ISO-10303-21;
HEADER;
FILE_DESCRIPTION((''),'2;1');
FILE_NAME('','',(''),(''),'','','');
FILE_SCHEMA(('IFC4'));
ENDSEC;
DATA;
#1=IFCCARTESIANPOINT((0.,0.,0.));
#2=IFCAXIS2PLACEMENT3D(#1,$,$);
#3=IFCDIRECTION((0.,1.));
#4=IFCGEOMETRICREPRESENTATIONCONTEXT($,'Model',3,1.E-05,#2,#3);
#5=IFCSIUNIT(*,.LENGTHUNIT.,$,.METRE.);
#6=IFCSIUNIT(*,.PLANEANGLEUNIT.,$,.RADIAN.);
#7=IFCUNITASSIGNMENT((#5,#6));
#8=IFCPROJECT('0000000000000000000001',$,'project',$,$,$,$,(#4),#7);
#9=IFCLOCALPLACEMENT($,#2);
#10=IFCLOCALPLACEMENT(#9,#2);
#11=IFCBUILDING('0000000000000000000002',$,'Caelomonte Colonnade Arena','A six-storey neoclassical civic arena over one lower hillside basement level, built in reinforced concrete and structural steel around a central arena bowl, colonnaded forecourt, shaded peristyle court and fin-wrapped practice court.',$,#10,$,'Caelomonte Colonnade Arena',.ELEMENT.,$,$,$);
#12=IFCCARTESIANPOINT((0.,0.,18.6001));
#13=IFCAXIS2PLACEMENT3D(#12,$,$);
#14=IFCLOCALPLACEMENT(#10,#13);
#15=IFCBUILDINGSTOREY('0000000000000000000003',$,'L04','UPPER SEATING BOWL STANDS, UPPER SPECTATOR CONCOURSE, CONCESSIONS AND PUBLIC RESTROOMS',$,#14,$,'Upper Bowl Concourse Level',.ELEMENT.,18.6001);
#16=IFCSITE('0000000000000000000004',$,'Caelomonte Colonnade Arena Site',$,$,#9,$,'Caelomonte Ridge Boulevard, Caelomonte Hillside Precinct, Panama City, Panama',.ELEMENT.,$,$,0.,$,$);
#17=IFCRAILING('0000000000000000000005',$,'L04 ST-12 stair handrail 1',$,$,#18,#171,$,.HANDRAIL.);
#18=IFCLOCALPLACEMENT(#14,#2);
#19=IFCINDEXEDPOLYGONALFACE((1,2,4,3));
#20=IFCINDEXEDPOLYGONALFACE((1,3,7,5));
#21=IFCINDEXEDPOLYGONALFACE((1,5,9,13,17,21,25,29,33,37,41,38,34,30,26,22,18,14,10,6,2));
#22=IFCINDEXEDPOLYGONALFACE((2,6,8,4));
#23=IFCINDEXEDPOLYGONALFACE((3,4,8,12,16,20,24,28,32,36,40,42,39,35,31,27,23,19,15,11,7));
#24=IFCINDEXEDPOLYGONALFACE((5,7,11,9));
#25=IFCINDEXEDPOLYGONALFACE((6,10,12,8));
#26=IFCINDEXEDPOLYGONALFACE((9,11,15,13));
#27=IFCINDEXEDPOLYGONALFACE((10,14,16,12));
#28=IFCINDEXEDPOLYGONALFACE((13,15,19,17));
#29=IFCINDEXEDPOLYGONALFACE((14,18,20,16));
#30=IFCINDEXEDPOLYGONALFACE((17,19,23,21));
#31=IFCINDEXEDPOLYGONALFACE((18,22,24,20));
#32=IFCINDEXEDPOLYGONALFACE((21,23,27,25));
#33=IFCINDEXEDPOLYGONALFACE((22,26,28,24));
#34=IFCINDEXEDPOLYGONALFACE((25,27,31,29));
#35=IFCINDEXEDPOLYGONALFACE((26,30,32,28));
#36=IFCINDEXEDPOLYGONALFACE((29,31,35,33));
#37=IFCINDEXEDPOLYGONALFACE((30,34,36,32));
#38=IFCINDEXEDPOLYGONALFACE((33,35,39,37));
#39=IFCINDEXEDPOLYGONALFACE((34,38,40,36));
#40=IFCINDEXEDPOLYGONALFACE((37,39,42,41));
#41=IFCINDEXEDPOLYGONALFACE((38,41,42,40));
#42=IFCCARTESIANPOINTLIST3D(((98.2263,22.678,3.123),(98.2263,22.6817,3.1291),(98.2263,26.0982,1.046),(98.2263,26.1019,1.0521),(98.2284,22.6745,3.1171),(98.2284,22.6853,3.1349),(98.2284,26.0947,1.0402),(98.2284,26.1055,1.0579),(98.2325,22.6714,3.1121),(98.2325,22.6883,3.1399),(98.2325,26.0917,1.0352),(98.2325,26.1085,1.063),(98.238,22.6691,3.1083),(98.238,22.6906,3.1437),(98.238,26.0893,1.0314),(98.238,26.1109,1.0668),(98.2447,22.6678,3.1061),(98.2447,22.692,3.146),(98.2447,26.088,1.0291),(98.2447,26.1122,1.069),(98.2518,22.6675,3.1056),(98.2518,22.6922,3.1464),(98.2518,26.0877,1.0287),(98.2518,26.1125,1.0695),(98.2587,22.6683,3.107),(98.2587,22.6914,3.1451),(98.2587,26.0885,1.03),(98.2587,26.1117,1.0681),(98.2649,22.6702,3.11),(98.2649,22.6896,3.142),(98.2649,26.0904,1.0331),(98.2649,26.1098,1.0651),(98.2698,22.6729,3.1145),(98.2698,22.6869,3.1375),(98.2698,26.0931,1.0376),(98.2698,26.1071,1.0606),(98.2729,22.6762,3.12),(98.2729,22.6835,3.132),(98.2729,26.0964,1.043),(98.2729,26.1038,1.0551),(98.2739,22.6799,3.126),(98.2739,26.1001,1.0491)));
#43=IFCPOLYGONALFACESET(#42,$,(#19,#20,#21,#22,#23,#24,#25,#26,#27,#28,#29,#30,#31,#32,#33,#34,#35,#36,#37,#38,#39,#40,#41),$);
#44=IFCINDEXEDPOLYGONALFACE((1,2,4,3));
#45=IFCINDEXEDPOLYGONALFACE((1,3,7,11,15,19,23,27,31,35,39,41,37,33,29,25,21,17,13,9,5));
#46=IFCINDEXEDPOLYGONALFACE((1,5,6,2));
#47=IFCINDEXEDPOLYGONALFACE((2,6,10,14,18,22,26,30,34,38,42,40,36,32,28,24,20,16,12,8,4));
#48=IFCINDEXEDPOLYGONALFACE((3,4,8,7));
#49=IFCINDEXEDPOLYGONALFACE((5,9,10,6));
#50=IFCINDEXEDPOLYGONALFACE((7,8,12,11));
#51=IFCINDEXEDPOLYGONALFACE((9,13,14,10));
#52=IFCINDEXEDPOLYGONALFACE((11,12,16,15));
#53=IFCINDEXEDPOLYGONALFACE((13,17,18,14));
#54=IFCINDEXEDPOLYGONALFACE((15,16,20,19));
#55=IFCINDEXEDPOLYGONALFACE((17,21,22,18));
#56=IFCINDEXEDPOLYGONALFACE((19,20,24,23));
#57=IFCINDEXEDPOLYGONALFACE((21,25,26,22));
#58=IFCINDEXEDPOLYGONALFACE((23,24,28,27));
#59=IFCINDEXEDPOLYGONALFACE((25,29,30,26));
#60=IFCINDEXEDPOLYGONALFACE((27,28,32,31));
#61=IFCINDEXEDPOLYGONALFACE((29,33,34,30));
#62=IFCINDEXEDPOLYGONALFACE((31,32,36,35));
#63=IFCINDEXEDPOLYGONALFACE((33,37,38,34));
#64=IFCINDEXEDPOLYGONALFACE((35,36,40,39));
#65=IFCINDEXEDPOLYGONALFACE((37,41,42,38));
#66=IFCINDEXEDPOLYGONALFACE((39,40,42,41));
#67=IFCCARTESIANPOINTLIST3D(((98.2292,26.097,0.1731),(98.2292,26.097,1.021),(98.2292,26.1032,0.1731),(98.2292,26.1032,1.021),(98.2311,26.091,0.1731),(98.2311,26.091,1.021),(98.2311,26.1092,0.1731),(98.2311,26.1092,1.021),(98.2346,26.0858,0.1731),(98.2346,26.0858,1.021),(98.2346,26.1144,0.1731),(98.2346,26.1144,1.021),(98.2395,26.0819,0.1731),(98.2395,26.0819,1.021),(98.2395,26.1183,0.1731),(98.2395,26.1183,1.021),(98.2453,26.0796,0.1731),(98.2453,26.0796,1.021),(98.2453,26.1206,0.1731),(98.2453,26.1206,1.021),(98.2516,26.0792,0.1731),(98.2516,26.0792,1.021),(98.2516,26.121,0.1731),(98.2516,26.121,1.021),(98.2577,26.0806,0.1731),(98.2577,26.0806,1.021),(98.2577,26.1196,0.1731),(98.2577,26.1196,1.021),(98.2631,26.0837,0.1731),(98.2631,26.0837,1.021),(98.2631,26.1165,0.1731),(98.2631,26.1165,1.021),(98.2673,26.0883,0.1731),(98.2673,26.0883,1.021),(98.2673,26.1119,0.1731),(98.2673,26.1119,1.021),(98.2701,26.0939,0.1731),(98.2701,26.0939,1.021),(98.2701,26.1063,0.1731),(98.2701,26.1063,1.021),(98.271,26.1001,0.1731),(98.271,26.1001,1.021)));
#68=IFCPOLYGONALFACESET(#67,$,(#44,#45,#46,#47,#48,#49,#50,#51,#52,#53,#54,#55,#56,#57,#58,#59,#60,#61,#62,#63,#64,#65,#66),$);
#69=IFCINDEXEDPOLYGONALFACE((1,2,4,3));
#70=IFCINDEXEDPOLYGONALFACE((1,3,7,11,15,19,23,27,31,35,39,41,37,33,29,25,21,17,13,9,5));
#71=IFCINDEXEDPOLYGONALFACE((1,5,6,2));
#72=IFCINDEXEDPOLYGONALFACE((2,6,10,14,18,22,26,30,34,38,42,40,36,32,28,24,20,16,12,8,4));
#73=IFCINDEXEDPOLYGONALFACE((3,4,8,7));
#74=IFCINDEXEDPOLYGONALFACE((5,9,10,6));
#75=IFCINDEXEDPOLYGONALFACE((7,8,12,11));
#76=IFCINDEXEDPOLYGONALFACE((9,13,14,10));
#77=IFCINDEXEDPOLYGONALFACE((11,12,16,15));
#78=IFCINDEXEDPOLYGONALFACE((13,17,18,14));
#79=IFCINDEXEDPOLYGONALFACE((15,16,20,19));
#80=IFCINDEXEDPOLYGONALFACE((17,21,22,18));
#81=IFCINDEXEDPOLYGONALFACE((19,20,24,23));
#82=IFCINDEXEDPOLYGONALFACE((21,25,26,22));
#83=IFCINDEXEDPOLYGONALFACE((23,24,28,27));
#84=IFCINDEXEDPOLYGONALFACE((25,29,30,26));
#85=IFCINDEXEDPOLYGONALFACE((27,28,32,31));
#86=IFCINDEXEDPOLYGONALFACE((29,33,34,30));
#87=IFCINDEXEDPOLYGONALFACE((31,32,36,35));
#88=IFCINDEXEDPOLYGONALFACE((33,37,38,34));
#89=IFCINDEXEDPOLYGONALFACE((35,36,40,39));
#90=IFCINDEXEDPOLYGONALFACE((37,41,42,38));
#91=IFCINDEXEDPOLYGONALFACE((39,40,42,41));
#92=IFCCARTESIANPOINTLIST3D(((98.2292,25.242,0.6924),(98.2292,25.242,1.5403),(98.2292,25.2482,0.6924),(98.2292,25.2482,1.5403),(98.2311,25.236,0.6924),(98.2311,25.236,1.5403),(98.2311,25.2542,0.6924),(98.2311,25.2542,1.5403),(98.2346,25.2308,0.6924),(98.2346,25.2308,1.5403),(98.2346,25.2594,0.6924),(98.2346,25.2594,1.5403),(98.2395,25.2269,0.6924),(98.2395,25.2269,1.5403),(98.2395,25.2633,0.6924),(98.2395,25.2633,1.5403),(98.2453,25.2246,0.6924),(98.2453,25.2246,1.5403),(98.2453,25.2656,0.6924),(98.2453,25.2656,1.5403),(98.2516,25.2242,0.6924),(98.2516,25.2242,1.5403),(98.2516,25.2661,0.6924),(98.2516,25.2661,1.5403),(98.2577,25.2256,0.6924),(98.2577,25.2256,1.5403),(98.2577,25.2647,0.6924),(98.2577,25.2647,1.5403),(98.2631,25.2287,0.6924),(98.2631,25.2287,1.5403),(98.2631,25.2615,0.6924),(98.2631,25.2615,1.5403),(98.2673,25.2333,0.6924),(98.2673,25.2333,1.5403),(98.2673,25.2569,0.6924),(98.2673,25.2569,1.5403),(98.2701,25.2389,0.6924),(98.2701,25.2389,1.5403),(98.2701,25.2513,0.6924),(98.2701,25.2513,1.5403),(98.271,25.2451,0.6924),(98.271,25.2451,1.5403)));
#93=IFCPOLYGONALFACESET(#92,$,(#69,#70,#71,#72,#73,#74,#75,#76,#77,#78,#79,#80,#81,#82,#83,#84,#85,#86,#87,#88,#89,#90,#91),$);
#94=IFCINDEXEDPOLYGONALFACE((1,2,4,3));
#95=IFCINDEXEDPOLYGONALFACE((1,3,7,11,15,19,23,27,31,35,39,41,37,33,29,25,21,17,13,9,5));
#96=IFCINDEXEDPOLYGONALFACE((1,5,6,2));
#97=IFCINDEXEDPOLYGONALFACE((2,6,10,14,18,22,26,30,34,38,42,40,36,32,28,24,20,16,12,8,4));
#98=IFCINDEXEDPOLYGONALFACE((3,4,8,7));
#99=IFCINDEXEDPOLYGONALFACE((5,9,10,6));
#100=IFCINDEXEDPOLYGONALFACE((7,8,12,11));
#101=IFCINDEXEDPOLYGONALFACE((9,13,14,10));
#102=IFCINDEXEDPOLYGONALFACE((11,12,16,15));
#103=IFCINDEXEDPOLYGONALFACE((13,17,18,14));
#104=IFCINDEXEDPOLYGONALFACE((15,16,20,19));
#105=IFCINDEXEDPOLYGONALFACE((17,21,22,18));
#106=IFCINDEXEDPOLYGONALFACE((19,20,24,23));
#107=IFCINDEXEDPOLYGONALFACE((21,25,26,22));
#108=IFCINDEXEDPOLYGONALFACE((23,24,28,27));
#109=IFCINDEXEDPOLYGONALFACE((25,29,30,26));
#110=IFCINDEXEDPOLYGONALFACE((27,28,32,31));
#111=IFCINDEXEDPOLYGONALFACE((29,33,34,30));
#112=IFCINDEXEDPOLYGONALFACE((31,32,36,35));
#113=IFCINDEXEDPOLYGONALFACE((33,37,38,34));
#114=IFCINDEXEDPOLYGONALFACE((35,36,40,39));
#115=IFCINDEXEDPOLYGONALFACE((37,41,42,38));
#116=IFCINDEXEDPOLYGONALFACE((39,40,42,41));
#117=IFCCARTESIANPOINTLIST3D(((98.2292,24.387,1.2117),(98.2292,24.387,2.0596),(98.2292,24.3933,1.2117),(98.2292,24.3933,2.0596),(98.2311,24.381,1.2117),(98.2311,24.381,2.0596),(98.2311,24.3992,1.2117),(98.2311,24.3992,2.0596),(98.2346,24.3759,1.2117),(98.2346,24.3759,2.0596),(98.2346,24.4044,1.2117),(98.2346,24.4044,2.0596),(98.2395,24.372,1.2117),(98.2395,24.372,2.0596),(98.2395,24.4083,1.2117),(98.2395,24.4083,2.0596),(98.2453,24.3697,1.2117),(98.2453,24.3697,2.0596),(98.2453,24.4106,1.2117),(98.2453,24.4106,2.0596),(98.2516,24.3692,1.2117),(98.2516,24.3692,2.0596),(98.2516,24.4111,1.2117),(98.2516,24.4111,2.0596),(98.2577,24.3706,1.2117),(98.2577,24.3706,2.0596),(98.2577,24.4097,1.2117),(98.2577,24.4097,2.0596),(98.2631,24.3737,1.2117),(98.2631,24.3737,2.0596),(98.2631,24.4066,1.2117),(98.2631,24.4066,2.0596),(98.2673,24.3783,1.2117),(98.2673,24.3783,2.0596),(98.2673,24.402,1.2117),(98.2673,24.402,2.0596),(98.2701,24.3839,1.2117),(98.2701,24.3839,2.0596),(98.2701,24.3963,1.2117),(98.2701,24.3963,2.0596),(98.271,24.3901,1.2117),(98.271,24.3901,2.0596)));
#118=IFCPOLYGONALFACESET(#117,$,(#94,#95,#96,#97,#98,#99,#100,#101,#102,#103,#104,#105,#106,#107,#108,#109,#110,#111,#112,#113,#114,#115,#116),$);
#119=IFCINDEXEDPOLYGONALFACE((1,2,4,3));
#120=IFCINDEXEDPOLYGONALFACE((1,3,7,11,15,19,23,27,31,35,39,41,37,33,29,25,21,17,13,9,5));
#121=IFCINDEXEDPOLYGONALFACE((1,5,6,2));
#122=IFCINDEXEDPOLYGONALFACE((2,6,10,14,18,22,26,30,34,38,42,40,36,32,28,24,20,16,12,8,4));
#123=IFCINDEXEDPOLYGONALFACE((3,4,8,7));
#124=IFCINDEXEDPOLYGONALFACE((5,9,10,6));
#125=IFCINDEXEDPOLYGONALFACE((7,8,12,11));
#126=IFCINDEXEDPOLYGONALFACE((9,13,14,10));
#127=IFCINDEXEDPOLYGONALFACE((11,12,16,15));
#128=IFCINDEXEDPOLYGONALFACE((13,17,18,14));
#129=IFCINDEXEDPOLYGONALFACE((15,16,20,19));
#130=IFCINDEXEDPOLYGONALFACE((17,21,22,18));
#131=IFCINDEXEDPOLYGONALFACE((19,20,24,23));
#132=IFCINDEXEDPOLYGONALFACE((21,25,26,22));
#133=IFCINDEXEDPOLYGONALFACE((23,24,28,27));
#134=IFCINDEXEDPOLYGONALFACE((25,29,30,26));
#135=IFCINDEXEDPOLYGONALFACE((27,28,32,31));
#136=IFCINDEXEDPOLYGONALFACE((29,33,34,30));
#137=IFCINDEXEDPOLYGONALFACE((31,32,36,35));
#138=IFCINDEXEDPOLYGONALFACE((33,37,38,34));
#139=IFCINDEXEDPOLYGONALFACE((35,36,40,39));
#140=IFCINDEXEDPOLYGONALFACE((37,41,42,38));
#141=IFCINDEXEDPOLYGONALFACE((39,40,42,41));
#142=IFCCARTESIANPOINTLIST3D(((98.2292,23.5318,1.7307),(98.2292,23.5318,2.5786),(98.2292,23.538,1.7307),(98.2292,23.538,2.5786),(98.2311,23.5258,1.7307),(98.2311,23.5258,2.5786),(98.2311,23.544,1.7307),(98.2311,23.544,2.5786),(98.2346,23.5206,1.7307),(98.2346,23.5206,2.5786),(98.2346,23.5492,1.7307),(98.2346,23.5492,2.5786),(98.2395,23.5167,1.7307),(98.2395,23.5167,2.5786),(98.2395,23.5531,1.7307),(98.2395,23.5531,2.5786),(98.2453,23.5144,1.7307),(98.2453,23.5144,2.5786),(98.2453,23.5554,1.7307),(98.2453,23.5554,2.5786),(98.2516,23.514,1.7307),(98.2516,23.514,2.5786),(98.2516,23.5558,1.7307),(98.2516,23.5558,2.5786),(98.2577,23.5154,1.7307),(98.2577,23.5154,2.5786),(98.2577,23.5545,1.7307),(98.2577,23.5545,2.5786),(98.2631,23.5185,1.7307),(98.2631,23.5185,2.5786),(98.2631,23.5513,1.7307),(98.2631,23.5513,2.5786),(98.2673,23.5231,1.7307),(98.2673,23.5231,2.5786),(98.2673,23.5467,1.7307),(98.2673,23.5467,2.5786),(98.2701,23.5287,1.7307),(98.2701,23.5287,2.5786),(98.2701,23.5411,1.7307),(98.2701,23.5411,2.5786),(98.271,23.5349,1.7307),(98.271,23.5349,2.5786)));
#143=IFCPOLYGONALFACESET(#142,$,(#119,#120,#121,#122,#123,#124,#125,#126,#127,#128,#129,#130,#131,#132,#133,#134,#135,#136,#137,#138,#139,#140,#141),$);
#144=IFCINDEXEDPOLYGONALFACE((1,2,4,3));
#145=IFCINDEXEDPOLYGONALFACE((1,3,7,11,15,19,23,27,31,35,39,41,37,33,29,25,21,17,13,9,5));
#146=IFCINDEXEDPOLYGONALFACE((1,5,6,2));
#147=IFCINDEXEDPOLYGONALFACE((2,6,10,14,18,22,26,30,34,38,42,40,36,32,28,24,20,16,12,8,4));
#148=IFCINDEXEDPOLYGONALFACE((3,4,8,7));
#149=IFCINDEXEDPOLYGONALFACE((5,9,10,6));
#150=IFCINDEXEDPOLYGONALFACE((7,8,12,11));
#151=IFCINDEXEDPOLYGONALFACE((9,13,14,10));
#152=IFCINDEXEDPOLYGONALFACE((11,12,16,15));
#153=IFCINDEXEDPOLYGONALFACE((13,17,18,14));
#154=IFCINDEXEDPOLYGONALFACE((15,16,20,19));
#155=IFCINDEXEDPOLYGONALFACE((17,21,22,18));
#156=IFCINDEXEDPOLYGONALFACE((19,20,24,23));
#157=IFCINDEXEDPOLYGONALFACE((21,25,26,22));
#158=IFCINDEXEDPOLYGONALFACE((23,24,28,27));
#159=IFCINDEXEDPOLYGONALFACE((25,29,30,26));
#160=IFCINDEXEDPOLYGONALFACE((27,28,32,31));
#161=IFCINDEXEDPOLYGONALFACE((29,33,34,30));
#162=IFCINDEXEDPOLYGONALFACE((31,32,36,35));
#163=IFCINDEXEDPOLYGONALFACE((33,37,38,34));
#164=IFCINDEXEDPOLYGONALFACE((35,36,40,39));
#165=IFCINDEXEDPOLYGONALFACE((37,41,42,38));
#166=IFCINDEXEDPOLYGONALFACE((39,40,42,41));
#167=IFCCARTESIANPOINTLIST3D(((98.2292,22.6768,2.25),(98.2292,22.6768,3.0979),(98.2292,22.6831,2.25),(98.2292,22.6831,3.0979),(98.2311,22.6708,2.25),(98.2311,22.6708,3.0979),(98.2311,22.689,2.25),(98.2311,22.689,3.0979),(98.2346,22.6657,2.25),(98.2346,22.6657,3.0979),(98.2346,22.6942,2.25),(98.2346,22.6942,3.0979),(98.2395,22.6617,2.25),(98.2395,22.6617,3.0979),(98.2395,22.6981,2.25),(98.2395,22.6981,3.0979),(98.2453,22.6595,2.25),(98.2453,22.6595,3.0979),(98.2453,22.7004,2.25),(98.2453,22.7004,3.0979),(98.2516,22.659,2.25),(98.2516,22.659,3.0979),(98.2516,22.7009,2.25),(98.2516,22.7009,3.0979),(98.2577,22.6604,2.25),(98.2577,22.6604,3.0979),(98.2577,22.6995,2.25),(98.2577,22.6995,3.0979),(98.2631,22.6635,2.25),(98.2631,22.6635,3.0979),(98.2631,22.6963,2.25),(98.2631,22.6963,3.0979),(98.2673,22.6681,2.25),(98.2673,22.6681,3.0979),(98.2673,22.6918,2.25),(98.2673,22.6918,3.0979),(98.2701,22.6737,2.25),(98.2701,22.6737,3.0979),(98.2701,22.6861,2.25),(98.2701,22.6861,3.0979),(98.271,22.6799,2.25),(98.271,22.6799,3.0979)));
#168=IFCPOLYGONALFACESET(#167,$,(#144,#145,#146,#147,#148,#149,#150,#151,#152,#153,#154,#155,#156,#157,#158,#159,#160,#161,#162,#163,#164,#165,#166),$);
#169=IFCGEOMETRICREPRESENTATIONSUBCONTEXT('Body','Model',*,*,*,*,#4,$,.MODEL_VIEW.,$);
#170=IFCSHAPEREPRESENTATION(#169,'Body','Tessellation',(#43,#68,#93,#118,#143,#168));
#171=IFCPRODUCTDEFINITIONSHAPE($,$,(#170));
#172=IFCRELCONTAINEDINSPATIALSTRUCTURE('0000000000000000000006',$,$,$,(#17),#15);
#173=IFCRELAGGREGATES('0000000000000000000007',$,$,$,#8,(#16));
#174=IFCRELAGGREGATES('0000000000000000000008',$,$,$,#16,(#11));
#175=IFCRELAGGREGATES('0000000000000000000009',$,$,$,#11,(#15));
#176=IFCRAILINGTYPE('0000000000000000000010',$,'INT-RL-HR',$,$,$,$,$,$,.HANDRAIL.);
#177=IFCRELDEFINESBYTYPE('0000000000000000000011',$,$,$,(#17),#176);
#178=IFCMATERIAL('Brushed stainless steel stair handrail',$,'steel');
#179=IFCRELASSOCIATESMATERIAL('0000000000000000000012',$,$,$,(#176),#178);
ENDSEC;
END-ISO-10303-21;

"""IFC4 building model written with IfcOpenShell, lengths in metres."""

from ifc_helpers import new_model, si_unit, direction, frame, origin, origin_2d, place, context, subcontext, project, spatial, circle, extrude, material, type_object, element, save


model = new_model("IFC4")

# Units and contexts
model_context = context("Model", 3, precision=1e-05, world=origin(), true_north=direction((0.0, 1.0)))
body_context = subcontext(model_context, "Body", "Model", "MODEL_VIEW")
ifc_project = project(units=[si_unit("LENGTHUNIT", "METRE"), si_unit("PLANEANGLEUNIT", "RADIAN")], contexts=[model_context])

# Site, building, storey
site_placement = place(None, origin())
site = spatial("IfcSite", under=ifc_project, at=site_placement, Name="Caelomonte Colonnade Arena Site", LongName="Caelomonte Ridge Boulevard, Caelomonte Hillside Precinct, Panama City, Panama", CompositionType="ELEMENT", RefElevation=0.0)
building_placement = place(site_placement, origin())
building = spatial("IfcBuilding", under=site, at=building_placement, Name="Caelomonte Colonnade Arena", Description="A six-storey neoclassical civic arena over one lower hillside basement level, built in reinforced concrete and structural steel around a central arena bowl, colonnaded forecourt, shaded peristyle court and fin-wrapped practice court.", LongName="Caelomonte Colonnade Arena", CompositionType="ELEMENT")
storey_placement = place(building_placement, frame((0.0, 0.0, 18.6001)))
storey = spatial("IfcBuildingStorey", under=building, at=storey_placement, Name="L04", Description="UPPER SEATING BOWL STANDS, UPPER SPECTATOR CONCOURSE, CONCESSIONS AND PUBLIC RESTROOMS", LongName="Upper Bowl Concourse Level", CompositionType="ELEMENT", Elevation=18.6001)

# Railing
ifc_material_1 = material(Name="Brushed stainless steel stair handrail", Category="steel")
railing_type_1 = type_object("IfcRailingType", Name="INT-RL-HR", PredefinedType="HANDRAIL", material=ifc_material_1)
railing_1_placement = place(storey_placement, frame((98.25, 26.1001, 0.1731)))
element("IfcRailing", 1, at=railing_1_placement, inside=storey, type_object=railing_type_1, Name="L04 ST-12 stair handrail 1", PredefinedType="HANDRAIL", context=body_context, shape_type="SweptSolid", body=[
    extrude(circle(Radius=0.0239, at=origin_2d()), frame((0.0, 0.0, 0.876), z_axis=(0.0, -0.854746, 0.519047), x_axis=(1.0, 0.0, 0.0)), (0.0, 0.0, 1.0), 4.0015),
    extrude(circle(Radius=0.021, at=origin_2d()), origin(), (0.0, 0.0, 1.0), 0.8479),
    extrude(circle(Radius=0.021, at=origin_2d()), frame((0.0, -0.855, 0.5193)), (0.0, 0.0, 1.0), 0.8479),
    extrude(circle(Radius=0.021, at=origin_2d()), frame((0.0, -1.71, 1.0386)), (0.0, 0.0, 1.0), 0.8479),
    extrude(circle(Radius=0.021, at=origin_2d()), frame((0.0, -2.5652, 1.5576)), (0.0, 0.0, 1.0), 0.8479),
    extrude(circle(Radius=0.021, at=origin_2d()), frame((0.0, -3.4202, 2.0769)), (0.0, 0.0, 1.0), 0.8479),
])

save(model, "model.ifc")
